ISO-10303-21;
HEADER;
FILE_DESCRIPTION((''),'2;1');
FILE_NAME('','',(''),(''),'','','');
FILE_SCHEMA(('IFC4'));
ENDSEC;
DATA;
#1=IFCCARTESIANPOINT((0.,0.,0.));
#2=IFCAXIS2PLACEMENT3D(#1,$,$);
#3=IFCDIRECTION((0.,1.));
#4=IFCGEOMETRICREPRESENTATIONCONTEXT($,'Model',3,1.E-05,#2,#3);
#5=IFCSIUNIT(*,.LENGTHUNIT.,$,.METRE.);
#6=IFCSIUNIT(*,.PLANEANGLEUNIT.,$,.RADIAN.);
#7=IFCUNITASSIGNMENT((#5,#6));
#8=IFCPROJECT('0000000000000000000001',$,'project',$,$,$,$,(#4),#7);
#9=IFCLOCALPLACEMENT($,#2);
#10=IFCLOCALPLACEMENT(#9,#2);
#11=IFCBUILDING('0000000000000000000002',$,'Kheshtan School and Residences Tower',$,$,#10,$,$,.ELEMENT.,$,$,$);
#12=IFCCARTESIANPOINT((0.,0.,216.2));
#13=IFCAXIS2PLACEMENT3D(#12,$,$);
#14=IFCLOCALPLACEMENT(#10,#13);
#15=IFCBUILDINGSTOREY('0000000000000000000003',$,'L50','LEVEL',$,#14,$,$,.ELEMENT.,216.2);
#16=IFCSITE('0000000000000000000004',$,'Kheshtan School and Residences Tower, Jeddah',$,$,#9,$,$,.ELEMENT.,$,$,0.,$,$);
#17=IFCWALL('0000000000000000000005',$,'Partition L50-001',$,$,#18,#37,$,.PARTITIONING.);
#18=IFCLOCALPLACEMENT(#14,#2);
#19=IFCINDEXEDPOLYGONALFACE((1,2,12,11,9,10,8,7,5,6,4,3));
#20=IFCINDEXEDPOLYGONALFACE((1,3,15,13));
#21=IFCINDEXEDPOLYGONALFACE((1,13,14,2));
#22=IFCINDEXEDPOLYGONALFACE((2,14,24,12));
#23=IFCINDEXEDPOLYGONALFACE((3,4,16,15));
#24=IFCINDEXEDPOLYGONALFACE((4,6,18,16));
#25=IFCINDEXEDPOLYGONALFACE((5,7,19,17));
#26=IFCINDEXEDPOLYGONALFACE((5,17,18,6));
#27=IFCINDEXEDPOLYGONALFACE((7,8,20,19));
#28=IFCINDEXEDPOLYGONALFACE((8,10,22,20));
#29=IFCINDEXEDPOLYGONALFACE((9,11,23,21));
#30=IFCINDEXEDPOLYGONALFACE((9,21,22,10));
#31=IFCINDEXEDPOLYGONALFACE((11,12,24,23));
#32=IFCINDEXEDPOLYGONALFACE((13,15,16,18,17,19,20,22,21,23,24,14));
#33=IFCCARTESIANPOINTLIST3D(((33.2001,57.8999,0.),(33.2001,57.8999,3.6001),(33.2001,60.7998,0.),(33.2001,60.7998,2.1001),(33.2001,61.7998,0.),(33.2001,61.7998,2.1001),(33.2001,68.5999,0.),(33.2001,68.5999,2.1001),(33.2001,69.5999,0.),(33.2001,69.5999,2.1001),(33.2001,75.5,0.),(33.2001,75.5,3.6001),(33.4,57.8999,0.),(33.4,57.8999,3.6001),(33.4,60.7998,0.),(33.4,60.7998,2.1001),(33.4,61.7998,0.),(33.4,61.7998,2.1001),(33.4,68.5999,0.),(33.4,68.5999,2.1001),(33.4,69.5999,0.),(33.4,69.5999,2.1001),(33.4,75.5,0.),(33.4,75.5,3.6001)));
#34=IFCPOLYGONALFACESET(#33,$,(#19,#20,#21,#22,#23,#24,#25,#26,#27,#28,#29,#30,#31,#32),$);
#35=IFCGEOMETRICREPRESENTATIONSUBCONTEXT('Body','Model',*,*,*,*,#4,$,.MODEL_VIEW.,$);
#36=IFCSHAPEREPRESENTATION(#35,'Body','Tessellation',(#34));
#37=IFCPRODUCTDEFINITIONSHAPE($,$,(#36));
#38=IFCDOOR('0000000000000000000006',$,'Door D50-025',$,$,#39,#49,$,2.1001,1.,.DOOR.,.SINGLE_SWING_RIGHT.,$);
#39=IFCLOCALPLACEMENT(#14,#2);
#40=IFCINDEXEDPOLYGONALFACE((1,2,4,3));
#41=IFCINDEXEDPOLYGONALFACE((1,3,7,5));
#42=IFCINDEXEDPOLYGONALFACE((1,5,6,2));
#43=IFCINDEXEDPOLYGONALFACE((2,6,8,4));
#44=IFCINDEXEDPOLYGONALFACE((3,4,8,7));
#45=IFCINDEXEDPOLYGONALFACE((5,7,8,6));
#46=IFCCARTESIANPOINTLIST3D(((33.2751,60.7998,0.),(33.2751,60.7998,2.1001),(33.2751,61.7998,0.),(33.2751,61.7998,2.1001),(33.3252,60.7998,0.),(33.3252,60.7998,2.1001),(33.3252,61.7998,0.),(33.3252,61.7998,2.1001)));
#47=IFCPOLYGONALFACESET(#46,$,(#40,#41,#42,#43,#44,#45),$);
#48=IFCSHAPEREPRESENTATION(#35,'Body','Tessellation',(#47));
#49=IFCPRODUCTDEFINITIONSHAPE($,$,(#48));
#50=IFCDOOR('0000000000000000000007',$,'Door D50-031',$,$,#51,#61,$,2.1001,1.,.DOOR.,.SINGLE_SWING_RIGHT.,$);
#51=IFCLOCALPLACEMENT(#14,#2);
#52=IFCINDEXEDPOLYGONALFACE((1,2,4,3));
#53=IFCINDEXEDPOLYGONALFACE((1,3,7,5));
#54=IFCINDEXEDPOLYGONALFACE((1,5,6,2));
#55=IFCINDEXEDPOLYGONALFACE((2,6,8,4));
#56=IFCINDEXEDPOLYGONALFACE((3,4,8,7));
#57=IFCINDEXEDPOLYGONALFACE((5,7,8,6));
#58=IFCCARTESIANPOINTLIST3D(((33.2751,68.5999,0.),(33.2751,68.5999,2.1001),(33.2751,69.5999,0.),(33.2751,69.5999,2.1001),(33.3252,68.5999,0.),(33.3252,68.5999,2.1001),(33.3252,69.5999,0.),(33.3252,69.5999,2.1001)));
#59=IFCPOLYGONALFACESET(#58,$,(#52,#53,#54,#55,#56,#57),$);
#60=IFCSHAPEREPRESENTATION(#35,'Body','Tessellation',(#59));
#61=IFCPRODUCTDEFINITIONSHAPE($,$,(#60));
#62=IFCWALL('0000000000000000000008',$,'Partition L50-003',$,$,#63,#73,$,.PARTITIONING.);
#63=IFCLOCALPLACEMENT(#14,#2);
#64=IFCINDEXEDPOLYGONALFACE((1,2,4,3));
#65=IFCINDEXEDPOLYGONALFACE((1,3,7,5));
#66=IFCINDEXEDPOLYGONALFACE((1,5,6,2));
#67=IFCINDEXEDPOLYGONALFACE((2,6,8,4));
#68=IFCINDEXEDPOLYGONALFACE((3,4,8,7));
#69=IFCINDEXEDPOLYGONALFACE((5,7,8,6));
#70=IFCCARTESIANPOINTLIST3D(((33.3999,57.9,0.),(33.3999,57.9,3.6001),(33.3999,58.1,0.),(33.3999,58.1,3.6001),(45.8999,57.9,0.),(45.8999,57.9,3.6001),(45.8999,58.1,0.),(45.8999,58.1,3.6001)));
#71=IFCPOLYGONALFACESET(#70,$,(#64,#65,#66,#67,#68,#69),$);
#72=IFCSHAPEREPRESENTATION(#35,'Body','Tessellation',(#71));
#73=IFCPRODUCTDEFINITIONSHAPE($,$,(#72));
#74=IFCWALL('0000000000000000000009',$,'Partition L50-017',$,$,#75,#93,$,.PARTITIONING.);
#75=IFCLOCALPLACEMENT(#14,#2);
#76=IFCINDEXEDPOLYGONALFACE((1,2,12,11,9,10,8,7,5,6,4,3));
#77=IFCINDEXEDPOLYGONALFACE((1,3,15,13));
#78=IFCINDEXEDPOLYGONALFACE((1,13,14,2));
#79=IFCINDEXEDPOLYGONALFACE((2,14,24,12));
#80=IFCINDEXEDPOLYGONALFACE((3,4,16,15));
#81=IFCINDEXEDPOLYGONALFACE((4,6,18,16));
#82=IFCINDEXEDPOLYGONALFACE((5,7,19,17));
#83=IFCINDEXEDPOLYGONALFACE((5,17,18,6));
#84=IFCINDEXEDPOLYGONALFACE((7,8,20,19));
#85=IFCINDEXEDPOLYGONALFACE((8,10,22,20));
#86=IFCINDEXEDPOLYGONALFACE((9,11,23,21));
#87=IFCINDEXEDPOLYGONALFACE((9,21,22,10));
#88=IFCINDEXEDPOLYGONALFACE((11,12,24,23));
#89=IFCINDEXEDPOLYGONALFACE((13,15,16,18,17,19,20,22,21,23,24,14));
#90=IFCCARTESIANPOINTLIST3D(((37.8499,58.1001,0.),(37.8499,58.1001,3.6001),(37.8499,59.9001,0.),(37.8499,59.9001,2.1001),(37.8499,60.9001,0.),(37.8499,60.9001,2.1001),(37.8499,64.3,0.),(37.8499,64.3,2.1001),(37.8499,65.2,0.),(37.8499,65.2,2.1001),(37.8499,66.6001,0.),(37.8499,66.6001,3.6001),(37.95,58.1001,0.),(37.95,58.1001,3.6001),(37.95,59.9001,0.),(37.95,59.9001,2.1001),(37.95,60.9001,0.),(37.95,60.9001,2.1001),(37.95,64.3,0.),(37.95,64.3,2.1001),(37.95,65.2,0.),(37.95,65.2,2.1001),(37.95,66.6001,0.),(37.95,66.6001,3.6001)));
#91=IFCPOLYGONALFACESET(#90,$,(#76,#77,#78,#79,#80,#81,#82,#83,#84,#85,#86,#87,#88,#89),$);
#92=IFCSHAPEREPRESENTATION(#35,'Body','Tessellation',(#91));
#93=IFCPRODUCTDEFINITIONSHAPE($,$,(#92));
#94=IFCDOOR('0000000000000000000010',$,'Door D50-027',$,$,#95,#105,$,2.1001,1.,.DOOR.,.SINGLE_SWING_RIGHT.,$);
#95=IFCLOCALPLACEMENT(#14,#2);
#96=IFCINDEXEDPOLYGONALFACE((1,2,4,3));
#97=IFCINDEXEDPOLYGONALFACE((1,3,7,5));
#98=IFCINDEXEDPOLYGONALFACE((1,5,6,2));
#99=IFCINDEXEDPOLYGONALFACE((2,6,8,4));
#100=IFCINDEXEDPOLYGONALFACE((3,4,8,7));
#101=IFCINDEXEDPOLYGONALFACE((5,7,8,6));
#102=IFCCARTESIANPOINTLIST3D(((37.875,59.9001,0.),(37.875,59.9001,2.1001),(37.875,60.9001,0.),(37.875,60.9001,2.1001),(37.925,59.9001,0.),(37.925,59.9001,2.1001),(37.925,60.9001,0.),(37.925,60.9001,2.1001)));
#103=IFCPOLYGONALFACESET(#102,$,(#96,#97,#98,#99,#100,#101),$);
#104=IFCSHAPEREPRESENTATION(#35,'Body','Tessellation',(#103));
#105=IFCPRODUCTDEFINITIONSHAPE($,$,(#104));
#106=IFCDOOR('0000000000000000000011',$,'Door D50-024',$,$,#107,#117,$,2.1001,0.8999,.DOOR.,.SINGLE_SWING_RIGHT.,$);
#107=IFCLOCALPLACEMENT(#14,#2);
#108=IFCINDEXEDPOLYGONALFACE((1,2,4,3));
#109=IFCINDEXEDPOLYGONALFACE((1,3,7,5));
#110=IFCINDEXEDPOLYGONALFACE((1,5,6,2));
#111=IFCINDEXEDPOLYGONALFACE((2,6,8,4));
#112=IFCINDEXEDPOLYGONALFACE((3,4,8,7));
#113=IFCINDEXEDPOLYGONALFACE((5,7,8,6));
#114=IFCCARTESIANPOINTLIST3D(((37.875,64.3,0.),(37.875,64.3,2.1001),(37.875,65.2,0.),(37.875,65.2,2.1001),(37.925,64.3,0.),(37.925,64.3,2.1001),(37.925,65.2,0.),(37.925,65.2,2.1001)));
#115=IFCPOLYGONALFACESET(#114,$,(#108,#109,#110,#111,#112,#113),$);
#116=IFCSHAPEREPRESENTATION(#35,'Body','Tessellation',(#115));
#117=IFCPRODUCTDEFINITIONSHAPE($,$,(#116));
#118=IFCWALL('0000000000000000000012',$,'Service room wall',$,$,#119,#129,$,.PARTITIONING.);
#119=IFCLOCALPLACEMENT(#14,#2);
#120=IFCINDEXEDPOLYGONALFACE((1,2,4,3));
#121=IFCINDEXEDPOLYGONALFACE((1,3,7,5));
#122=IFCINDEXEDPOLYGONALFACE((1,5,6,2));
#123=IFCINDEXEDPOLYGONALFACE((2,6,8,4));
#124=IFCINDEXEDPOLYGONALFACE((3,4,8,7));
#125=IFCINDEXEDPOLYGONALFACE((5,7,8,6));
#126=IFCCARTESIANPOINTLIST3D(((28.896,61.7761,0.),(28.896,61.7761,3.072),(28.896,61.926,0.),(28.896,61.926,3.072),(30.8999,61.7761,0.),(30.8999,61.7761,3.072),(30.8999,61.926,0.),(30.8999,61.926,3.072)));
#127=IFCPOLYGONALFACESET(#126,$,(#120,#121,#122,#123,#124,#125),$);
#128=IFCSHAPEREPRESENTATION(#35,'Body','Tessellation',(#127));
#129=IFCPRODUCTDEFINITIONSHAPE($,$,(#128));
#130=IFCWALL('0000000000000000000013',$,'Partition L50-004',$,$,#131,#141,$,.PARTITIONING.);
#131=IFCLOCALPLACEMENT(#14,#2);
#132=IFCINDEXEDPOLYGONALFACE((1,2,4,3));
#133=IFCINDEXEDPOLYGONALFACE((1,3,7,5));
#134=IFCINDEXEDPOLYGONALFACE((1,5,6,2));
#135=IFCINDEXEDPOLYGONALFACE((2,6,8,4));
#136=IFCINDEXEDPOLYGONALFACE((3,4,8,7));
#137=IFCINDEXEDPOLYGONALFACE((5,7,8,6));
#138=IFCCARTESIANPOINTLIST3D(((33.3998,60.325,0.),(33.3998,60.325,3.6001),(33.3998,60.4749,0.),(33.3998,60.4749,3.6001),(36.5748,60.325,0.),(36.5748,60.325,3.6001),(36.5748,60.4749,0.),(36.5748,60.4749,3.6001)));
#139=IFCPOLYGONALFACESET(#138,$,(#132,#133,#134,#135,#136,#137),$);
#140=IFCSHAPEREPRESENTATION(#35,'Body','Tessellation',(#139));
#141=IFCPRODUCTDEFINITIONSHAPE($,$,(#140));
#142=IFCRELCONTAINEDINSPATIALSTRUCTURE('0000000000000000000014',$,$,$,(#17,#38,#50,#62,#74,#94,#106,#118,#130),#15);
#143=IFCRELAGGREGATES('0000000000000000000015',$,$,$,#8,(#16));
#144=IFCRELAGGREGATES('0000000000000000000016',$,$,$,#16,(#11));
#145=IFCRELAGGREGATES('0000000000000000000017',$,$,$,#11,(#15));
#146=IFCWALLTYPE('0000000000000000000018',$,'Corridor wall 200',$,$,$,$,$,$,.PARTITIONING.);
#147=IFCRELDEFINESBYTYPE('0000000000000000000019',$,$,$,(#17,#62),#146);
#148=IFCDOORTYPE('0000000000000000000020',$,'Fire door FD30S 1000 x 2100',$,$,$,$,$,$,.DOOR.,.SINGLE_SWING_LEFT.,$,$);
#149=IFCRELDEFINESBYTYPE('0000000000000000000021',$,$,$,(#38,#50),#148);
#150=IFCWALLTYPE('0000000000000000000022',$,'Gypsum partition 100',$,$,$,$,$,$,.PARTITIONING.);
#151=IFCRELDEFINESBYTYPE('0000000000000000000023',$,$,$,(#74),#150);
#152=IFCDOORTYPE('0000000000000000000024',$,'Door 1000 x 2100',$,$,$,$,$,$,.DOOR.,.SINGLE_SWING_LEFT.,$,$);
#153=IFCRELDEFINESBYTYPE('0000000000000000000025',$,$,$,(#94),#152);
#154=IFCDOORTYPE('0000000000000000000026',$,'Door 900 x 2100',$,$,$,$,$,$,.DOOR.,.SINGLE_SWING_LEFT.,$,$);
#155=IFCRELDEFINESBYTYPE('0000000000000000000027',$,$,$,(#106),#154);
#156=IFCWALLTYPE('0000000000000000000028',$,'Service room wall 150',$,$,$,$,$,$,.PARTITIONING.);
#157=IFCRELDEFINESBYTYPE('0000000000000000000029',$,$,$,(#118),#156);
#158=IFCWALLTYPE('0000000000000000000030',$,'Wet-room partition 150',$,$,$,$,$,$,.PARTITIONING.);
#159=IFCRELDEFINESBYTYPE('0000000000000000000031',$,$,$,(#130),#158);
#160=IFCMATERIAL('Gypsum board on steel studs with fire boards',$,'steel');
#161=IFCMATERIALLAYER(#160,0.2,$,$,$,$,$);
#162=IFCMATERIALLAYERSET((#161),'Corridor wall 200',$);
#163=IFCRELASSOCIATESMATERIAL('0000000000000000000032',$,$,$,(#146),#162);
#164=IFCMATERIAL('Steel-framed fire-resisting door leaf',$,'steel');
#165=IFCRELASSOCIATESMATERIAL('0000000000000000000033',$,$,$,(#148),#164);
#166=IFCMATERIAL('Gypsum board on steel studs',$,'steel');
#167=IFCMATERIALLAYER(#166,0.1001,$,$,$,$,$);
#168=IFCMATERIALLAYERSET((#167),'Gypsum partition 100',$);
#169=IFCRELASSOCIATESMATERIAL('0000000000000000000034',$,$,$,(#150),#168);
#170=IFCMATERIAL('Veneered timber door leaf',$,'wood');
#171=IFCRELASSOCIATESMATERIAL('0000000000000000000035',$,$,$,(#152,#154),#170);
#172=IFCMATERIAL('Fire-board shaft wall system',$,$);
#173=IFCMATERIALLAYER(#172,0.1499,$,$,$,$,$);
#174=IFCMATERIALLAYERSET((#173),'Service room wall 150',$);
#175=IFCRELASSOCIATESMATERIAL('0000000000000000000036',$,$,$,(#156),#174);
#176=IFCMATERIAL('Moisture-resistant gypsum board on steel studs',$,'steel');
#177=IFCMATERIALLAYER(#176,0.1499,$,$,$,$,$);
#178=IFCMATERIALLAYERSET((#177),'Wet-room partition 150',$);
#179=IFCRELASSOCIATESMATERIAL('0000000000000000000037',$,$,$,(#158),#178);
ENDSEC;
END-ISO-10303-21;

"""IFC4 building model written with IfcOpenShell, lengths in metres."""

from ifc_helpers import new_model, si_unit, direction, frame, frame_2d, origin, place, context, subcontext, project, spatial, rectangle, extrude, source, transform, mapped, material, layer, layer_set, type_object, element, fill, save


model = new_model("IFC4")

# Units and contexts
model_context = context("Model", 3, precision=1e-05, world=origin(), true_north=direction((0.0, 1.0)))
body_context = subcontext(model_context, "Body", "Model", "MODEL_VIEW")
ifc_project = project(units=[si_unit("LENGTHUNIT", "METRE"), si_unit("PLANEANGLEUNIT", "RADIAN")], contexts=[model_context])

# Site, building, storey
site_placement = place(None, origin())
site = spatial("IfcSite", under=ifc_project, at=site_placement, Name="Kheshtan School and Residences Tower, Jeddah", CompositionType="ELEMENT", RefElevation=0.0)
building_placement = place(site_placement, origin())
building = spatial("IfcBuilding", under=site, at=building_placement, Name="Kheshtan School and Residences Tower", CompositionType="ELEMENT")
storey_placement = place(building_placement, frame((0.0, 0.0, 216.2)))
storey = spatial("IfcBuildingStorey", under=building, at=storey_placement, Name="L50", Description="LEVEL", CompositionType="ELEMENT", Elevation=216.2)

# Wall, openings, doors
ifc_material_1 = material(Name="Gypsum board on steel studs with fire boards", Category="steel")
ifc_layer_1 = layer(ifc_material_1, 0.2)
ifc_layer_set_1 = layer_set([ifc_layer_1], Name="Corridor wall 200")
wall_type_1 = type_object("IfcWallType", Name="Corridor wall 200", PredefinedType="PARTITIONING", material=ifc_layer_set_1)
wall_1_placement = place(storey_placement, frame((33.3, 57.8999, 0.0), z_axis=(0.0, 0.0, 1.0), x_axis=(0.0, 1.0, 0.0)))
wall_1 = element("IfcWall", 1, at=wall_1_placement, inside=storey, type_object=wall_type_1, Name="Partition L50-001", PredefinedType="PARTITIONING", context=body_context, shape_type="SweptSolid", body=[
    extrude(rectangle(XDim=17.6001, YDim=0.2, at=frame_2d((8.8, 0.0))), origin(), (0.0, 0.0, 1.0), 3.6001),
])
opening_1_placement = place(wall_1_placement, frame((2.8999, 0.0, 0.0)))
opening_1 = element("IfcOpeningElement", 2, at=opening_1_placement, cuts=wall_1, PredefinedType="OPENING", context=body_context, shape_type="SweptSolid", body=[
    extrude(rectangle(XDim=1.0, YDim=2.1001, at=frame_2d((0.5, 1.05))), frame((0.0, 0.1099, 0.0), z_axis=(0.0, -1.0, 0.0), x_axis=(1.0, 0.0, 0.0)), (0.0, 0.0, 1.0), 0.22),
])
opening_2_placement = place(wall_1_placement, frame((10.7, 0.0, 0.0)))
opening_2 = element("IfcOpeningElement", 3, at=opening_2_placement, cuts=wall_1, PredefinedType="OPENING", context=body_context, shape_type="SweptSolid", body=[
    extrude(rectangle(XDim=1.0, YDim=2.1001, at=frame_2d((0.5, 1.05))), frame((0.0, 0.1099, 0.0), z_axis=(0.0, -1.0, 0.0), x_axis=(1.0, 0.0, 0.0)), (0.0, 0.0, 1.0), 0.22),
])
ifc_material_2 = material(Name="Steel-framed fire-resisting door leaf", Category="steel")
door_type_1 = type_object("IfcDoorType", Name="Fire door FD30S 1000 x 2100", OperationType="SINGLE_SWING_LEFT", PredefinedType="DOOR", material=ifc_material_2)
shared_shape_1 = source(origin(), body_context, "Body", "SweptSolid", [
    extrude(rectangle(XDim=1.0, YDim=2.1001, at=frame_2d((0.5, 1.05))), frame((0.0, 0.0249, 0.0), z_axis=(0.0, -1.0, 0.0), x_axis=(1.0, 0.0, 0.0)), (0.0, 0.0, 1.0), 0.05),
])
door_1_placement = place(opening_1_placement, origin())
door_1 = element("IfcDoor", 4, at=door_1_placement, inside=storey, type_object=door_type_1, Name="Door D50-025", OperationType="SINGLE_SWING_RIGHT", OverallHeight=2.1001, OverallWidth=1.0, PredefinedType="DOOR", context=body_context, shape_type="MappedRepresentation", body=[
    mapped(shared_shape_1, transform((0.0, 0.0, 0.0), x_axis=(1.0, 0.0, 0.0), y_axis=(0.0, 1.0, 0.0), z_axis=(0.0, 0.0, 1.0), scale=1.0)),
])
fill(opening_1, door_1)
door_2_placement = place(opening_2_placement, origin())
door_2 = element("IfcDoor", 5, at=door_2_placement, inside=storey, type_object=door_type_1, Name="Door D50-031", OperationType="SINGLE_SWING_RIGHT", OverallHeight=2.1001, OverallWidth=1.0, PredefinedType="DOOR", context=body_context, shape_type="MappedRepresentation", body=[
    mapped(shared_shape_1, transform((0.0, 0.0, 0.0), x_axis=(1.0, 0.0, 0.0), y_axis=(0.0, 1.0, 0.0), z_axis=(0.0, 0.0, 1.0), scale=1.0)),
])
fill(opening_2, door_2)

# Wall
wall_2_placement = place(storey_placement, frame((33.3999, 58.0, 0.0), z_axis=(0.0, 0.0, 1.0), x_axis=(1.0, 0.0, 0.0)))
element("IfcWall", 6, at=wall_2_placement, inside=storey, type_object=wall_type_1, Name="Partition L50-003", PredefinedType="PARTITIONING", context=body_context, shape_type="SweptSolid", body=[
    extrude(rectangle(XDim=12.5, YDim=0.2, at=frame_2d((6.25, 0.0))), origin(), (0.0, 0.0, 1.0), 3.6001),
])

# Wall, openings, doors
ifc_material_3 = material(Name="Gypsum board on steel studs", Category="steel")
ifc_layer_2 = layer(ifc_material_3, 0.1001)
ifc_layer_set_2 = layer_set([ifc_layer_2], Name="Gypsum partition 100")
wall_type_2 = type_object("IfcWallType", Name="Gypsum partition 100", PredefinedType="PARTITIONING", material=ifc_layer_set_2)
wall_3_placement = place(storey_placement, frame((37.8999, 58.1001, 0.0), z_axis=(0.0, 0.0, 1.0), x_axis=(0.0, 1.0, 0.0)))
wall_3 = element("IfcWall", 7, at=wall_3_placement, inside=storey, type_object=wall_type_2, Name="Partition L50-017", PredefinedType="PARTITIONING", context=body_context, shape_type="SweptSolid", body=[
    extrude(rectangle(XDim=8.5, YDim=0.1001, at=frame_2d((4.25, 0.0))), origin(), (0.0, 0.0, 1.0), 3.6001),
])
opening_3_placement = place(wall_3_placement, frame((6.2, 0.0, 0.0)))
opening_3 = element("IfcOpeningElement", 8, at=opening_3_placement, cuts=wall_3, PredefinedType="OPENING", context=body_context, shape_type="SweptSolid", body=[
    extrude(rectangle(XDim=0.8999, YDim=2.1001, at=frame_2d((0.45, 1.05))), frame((0.0, 0.0601, 0.0), z_axis=(0.0, -1.0, 0.0), x_axis=(1.0, 0.0, 0.0)), (0.0, 0.0, 1.0), 0.1201),
])
opening_4_placement = place(wall_3_placement, frame((1.8, 0.0, 0.0)))
opening_4 = element("IfcOpeningElement", 9, at=opening_4_placement, cuts=wall_3, PredefinedType="OPENING", context=body_context, shape_type="SweptSolid", body=[
    extrude(rectangle(XDim=1.0, YDim=2.1001, at=frame_2d((0.5, 1.05))), frame((0.0, 0.0601, 0.0), z_axis=(0.0, -1.0, 0.0), x_axis=(1.0, 0.0, 0.0)), (0.0, 0.0, 1.0), 0.1201),
])
ifc_material_4 = material(Name="Veneered timber door leaf", Category="wood")
door_type_2 = type_object("IfcDoorType", Name="Door 1000 x 2100", OperationType="SINGLE_SWING_LEFT", PredefinedType="DOOR", material=ifc_material_4)
shared_shape_2 = source(origin(), body_context, "Body", "SweptSolid", [
    extrude(rectangle(XDim=1.0, YDim=2.1001, at=frame_2d((0.5, 1.05))), frame((0.0, 0.0249, 0.0), z_axis=(0.0, -1.0, 0.0), x_axis=(1.0, 0.0, 0.0)), (0.0, 0.0, 1.0), 0.05),
])
door_3_placement = place(opening_4_placement, origin())
door_3 = element("IfcDoor", 10, at=door_3_placement, inside=storey, type_object=door_type_2, Name="Door D50-027", OperationType="SINGLE_SWING_RIGHT", OverallHeight=2.1001, OverallWidth=1.0, PredefinedType="DOOR", context=body_context, shape_type="MappedRepresentation", body=[
    mapped(shared_shape_2, transform((0.0, 0.0, 0.0), x_axis=(1.0, 0.0, 0.0), y_axis=(0.0, 1.0, 0.0), z_axis=(0.0, 0.0, 1.0), scale=1.0)),
])
fill(opening_4, door_3)
door_type_3 = type_object("IfcDoorType", Name="Door 900 x 2100", OperationType="SINGLE_SWING_LEFT", PredefinedType="DOOR", material=ifc_material_4)
shared_shape_3 = source(origin(), body_context, "Body", "SweptSolid", [
    extrude(rectangle(XDim=0.8999, YDim=2.1001, at=frame_2d((0.45, 1.05))), frame((0.0, 0.0249, 0.0), z_axis=(0.0, -1.0, 0.0), x_axis=(1.0, 0.0, 0.0)), (0.0, 0.0, 1.0), 0.05),
])
door_4_placement = place(opening_3_placement, origin())
door_4 = element("IfcDoor", 11, at=door_4_placement, inside=storey, type_object=door_type_3, Name="Door D50-024", OperationType="SINGLE_SWING_RIGHT", OverallHeight=2.1001, OverallWidth=0.8999, PredefinedType="DOOR", context=body_context, shape_type="MappedRepresentation", body=[
    mapped(shared_shape_3, transform((0.0, 0.0, 0.0), x_axis=(1.0, 0.0, 0.0), y_axis=(0.0, 1.0, 0.0), z_axis=(0.0, 0.0, 1.0), scale=1.0)),
])
fill(opening_3, door_4)

# Walls
ifc_material_5 = material(Name="Fire-board shaft wall system")
ifc_layer_3 = layer(ifc_material_5, 0.1499)
ifc_layer_set_3 = layer_set([ifc_layer_3], Name="Service room wall 150")
wall_type_3 = type_object("IfcWallType", Name="Service room wall 150", PredefinedType="PARTITIONING", material=ifc_layer_set_3)
wall_4_placement = place(storey_placement, frame((28.896, 61.8511, 0.0), z_axis=(0.0, 0.0, 1.0), x_axis=(1.0, 0.0, 0.0)))
element("IfcWall", 12, at=wall_4_placement, inside=storey, type_object=wall_type_3, Name="Service room wall", PredefinedType="PARTITIONING", context=body_context, shape_type="SweptSolid", body=[
    extrude(rectangle(XDim=2.0039, YDim=0.1499, at=frame_2d((1.002, 0.0))), origin(), (0.0, 0.0, 1.0), 3.072),
])
ifc_material_6 = material(Name="Moisture-resistant gypsum board on steel studs", Category="steel")
ifc_layer_4 = layer(ifc_material_6, 0.1499)
ifc_layer_set_4 = layer_set([ifc_layer_4], Name="Wet-room partition 150")
wall_type_4 = type_object("IfcWallType", Name="Wet-room partition 150", PredefinedType="PARTITIONING", material=ifc_layer_set_4)
wall_5_placement = place(storey_placement, frame((33.3999, 60.3999, 0.0), z_axis=(0.0, 0.0, 1.0), x_axis=(1.0, 0.0, 0.0)))
element("IfcWall", 13, at=wall_5_placement, inside=storey, type_object=wall_type_4, Name="Partition L50-004", PredefinedType="PARTITIONING", context=body_context, shape_type="SweptSolid", body=[
    extrude(rectangle(XDim=3.175, YDim=0.1499, at=frame_2d((1.5874, 0.0))), origin(), (0.0, 0.0, 1.0), 3.6001),
])

save(model, "model.ifc")
